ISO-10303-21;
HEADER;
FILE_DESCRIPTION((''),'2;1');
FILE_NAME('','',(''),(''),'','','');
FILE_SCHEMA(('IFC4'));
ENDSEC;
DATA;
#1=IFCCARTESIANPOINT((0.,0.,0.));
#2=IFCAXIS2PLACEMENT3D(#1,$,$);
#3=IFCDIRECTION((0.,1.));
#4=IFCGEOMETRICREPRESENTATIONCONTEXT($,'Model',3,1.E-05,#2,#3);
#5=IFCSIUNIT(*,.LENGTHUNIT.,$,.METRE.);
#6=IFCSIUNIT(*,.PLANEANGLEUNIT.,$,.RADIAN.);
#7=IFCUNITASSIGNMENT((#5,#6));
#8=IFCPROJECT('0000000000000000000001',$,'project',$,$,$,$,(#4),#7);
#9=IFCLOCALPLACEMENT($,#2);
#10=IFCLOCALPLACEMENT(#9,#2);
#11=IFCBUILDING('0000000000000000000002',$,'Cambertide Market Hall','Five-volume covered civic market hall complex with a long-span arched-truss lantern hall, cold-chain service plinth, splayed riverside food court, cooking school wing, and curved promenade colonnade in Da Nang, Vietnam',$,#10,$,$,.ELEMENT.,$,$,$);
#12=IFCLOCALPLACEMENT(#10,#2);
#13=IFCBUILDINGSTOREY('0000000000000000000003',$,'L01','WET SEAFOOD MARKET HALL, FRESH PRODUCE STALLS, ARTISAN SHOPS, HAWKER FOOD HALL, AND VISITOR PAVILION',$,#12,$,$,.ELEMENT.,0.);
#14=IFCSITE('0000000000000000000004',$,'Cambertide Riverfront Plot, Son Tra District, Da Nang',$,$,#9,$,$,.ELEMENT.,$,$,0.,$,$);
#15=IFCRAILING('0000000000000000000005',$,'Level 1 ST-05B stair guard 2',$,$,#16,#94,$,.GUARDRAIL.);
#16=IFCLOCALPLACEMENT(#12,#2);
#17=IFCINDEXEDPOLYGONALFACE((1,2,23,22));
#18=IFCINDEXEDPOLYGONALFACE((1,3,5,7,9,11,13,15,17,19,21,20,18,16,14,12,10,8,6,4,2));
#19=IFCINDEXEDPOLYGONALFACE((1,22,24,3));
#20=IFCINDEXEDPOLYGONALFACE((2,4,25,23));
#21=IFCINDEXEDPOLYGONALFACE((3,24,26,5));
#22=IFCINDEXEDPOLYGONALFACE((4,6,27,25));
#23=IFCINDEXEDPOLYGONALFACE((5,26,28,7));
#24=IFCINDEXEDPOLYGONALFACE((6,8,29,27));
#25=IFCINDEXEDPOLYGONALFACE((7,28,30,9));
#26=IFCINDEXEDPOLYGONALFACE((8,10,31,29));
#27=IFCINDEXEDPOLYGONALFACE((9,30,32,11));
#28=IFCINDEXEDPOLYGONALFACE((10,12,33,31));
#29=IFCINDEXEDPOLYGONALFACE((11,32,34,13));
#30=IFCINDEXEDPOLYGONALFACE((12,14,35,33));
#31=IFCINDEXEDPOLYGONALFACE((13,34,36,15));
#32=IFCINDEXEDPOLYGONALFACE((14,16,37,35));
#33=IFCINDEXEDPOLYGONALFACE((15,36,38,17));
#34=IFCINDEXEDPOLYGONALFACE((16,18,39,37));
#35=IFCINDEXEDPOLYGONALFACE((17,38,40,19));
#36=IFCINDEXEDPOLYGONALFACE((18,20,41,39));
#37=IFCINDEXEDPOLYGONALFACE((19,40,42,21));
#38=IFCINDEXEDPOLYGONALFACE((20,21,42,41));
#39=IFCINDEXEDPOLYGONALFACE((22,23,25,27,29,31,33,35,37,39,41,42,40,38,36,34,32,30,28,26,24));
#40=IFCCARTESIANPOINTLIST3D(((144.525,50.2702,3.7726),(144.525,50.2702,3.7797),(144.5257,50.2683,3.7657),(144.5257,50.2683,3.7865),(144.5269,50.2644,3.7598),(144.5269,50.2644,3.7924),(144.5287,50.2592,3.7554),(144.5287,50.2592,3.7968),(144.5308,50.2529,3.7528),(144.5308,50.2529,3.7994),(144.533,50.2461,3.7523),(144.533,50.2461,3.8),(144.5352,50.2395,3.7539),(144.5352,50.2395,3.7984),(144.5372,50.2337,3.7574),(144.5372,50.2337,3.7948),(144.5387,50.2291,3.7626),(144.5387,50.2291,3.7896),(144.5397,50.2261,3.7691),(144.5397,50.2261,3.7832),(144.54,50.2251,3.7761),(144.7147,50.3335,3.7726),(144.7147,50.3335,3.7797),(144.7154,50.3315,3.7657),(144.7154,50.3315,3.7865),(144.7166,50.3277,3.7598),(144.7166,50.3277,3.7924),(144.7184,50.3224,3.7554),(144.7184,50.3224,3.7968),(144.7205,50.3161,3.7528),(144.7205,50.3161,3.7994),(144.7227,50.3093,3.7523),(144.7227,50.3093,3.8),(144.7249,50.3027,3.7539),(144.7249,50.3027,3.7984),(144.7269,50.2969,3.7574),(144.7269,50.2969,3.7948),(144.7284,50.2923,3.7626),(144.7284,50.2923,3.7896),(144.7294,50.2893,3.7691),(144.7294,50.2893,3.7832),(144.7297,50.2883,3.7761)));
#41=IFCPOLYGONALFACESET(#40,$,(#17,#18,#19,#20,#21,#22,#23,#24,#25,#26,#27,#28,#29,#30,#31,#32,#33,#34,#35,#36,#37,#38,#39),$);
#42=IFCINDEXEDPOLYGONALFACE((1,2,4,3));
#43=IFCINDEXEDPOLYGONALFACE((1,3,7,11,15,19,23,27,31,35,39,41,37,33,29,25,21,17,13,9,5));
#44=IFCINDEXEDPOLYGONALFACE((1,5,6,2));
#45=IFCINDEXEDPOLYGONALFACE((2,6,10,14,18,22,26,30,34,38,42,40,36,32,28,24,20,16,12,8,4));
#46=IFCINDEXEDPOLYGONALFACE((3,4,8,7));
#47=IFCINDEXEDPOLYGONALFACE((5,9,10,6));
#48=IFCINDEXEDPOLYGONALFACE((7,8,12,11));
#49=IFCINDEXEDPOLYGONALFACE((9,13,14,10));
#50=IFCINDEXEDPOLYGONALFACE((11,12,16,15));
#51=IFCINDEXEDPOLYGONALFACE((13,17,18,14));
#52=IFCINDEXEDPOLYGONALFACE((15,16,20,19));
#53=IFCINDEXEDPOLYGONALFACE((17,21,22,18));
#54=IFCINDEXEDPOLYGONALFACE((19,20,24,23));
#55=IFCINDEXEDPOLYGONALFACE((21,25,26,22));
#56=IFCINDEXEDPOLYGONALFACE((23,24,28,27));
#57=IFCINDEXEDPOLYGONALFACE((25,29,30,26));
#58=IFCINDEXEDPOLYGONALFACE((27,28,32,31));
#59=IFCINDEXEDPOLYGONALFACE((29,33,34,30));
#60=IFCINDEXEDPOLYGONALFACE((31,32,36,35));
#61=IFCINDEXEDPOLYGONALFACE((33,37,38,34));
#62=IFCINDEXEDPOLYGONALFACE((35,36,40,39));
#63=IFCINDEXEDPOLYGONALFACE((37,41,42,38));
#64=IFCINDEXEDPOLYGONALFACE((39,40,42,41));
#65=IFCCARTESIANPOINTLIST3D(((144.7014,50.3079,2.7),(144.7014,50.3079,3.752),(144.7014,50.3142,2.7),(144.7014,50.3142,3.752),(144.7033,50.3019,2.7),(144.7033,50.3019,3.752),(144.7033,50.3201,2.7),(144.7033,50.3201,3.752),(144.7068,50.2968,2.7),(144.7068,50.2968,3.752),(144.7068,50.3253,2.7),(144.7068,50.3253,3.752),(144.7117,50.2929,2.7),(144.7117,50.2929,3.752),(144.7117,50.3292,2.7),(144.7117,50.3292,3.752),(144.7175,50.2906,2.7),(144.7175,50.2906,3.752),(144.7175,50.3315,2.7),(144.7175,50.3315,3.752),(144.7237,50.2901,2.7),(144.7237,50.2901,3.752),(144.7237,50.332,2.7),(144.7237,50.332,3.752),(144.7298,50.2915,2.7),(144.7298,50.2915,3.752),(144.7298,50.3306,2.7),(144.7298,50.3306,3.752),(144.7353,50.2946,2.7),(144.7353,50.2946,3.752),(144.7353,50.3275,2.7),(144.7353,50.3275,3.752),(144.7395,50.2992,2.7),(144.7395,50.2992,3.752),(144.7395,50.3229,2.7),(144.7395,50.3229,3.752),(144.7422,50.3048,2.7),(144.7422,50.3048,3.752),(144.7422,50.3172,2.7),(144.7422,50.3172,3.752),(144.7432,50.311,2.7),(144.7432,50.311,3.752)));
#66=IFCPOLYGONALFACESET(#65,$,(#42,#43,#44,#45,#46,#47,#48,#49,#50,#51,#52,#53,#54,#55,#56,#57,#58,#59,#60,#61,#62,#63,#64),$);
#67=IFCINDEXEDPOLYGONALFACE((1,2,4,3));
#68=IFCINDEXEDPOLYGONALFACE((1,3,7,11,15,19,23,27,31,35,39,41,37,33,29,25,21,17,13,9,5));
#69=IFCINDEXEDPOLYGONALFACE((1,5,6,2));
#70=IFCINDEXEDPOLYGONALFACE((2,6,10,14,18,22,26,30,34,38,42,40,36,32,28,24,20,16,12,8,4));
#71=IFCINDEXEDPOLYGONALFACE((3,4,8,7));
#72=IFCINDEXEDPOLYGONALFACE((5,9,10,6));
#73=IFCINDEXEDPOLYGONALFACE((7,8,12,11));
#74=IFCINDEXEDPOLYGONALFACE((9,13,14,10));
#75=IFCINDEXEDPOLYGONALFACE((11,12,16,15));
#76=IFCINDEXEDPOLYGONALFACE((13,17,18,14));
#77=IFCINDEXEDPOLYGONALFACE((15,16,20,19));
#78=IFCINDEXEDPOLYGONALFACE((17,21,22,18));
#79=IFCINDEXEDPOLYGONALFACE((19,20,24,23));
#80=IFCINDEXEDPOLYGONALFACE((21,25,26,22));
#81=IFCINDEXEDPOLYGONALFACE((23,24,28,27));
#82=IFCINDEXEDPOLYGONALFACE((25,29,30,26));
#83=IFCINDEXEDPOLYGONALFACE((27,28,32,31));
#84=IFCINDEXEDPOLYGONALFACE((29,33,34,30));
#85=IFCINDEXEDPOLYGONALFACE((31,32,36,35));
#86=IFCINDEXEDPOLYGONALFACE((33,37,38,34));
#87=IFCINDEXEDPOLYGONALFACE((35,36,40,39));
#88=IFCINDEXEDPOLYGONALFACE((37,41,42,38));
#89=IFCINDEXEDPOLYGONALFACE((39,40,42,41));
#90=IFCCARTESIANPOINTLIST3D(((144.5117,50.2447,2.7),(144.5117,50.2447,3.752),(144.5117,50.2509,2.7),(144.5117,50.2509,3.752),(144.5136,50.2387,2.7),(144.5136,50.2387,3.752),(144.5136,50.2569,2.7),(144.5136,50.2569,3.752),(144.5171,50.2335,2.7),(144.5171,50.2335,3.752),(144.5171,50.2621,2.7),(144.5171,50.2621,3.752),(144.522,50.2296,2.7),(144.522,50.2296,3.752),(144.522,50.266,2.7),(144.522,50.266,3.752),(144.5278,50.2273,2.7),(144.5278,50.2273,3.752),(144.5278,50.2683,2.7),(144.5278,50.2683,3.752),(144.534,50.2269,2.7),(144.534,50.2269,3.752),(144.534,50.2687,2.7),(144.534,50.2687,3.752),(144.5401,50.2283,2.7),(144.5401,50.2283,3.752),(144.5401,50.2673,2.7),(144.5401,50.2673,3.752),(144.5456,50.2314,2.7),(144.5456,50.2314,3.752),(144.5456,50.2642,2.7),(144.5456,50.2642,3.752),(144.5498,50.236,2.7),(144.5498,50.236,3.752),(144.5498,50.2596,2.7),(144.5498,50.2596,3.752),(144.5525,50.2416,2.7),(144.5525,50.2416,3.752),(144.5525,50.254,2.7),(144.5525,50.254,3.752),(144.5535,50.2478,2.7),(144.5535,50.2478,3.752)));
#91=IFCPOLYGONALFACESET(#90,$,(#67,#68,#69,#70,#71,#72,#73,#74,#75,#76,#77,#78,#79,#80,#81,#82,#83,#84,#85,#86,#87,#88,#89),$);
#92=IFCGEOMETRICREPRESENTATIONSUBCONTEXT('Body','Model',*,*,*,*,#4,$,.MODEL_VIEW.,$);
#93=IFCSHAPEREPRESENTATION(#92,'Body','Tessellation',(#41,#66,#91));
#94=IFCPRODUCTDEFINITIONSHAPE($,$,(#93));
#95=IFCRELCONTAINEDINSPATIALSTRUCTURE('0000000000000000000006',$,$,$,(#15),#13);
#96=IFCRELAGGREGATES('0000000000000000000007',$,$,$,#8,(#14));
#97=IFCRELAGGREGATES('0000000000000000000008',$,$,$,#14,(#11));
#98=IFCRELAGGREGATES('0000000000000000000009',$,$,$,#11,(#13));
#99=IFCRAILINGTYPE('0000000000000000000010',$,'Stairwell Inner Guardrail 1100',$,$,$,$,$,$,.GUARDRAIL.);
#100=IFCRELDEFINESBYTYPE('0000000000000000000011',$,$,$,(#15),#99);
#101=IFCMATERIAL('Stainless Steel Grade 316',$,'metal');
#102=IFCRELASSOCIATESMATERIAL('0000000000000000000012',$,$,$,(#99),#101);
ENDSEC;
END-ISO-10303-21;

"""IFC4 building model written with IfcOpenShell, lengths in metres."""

from ifc_helpers import new_model, si_unit, direction, frame, origin, origin_2d, place, context, subcontext, project, spatial, circle, extrude, material, type_object, element, save


model = new_model("IFC4")

# Units and contexts
model_context = context("Model", 3, precision=1e-05, world=origin(), true_north=direction((0.0, 1.0)))
body_context = subcontext(model_context, "Body", "Model", "MODEL_VIEW")
ifc_project = project(units=[si_unit("LENGTHUNIT", "METRE"), si_unit("PLANEANGLEUNIT", "RADIAN")], contexts=[model_context])

# Site, building, storey
site_placement = place(None, origin())
site = spatial("IfcSite", under=ifc_project, at=site_placement, Name="Cambertide Riverfront Plot, Son Tra District, Da Nang", CompositionType="ELEMENT", RefElevation=0.0)
building_placement = place(site_placement, origin())
building = spatial("IfcBuilding", under=site, at=building_placement, Name="Cambertide Market Hall", Description="Five-volume covered civic market hall complex with a long-span arched-truss lantern hall, cold-chain service plinth, splayed riverside food court, cooking school wing, and curved promenade colonnade in Da Nang, Vietnam", CompositionType="ELEMENT")
storey_placement = place(building_placement, origin())
storey = spatial("IfcBuildingStorey", under=building, at=storey_placement, Name="L01", Description="WET SEAFOOD MARKET HALL, FRESH PRODUCE STALLS, ARTISAN SHOPS, HAWKER FOOD HALL, AND VISITOR PAVILION", CompositionType="ELEMENT", Elevation=0.0)

# Railing
ifc_material_1 = material(Name="Stainless Steel Grade 316", Category="metal")
railing_type_1 = type_object("IfcRailingType", Name="Stairwell Inner Guardrail 1100", PredefinedType="GUARDRAIL", material=ifc_material_1)
railing_1_placement = place(storey_placement, frame((144.7222, 50.311, 2.7)))
element("IfcRailing", 1, at=railing_1_placement, inside=storey, type_object=railing_type_1, Name="Level 1 ST-05B stair guard 2", PredefinedType="GUARDRAIL", context=body_context, shape_type="SweptSolid", body=[
    extrude(circle(Radius=0.0239, at=origin_2d()), frame((0.0, 0.0, 1.0762), z_axis=(-0.948683, -0.316228, 0.0), x_axis=(0.316228, -0.948683, 0.0)), (0.0, 0.0, 1.0), 0.2),
    extrude(circle(Radius=0.021, at=origin_2d()), origin(), (0.0, 0.0, 1.0), 1.052),
    extrude(circle(Radius=0.021, at=origin_2d()), frame((-0.1897, -0.0632, 0.0)), (0.0, 0.0, 1.0), 1.052),
])

save(model, "model.ifc")
